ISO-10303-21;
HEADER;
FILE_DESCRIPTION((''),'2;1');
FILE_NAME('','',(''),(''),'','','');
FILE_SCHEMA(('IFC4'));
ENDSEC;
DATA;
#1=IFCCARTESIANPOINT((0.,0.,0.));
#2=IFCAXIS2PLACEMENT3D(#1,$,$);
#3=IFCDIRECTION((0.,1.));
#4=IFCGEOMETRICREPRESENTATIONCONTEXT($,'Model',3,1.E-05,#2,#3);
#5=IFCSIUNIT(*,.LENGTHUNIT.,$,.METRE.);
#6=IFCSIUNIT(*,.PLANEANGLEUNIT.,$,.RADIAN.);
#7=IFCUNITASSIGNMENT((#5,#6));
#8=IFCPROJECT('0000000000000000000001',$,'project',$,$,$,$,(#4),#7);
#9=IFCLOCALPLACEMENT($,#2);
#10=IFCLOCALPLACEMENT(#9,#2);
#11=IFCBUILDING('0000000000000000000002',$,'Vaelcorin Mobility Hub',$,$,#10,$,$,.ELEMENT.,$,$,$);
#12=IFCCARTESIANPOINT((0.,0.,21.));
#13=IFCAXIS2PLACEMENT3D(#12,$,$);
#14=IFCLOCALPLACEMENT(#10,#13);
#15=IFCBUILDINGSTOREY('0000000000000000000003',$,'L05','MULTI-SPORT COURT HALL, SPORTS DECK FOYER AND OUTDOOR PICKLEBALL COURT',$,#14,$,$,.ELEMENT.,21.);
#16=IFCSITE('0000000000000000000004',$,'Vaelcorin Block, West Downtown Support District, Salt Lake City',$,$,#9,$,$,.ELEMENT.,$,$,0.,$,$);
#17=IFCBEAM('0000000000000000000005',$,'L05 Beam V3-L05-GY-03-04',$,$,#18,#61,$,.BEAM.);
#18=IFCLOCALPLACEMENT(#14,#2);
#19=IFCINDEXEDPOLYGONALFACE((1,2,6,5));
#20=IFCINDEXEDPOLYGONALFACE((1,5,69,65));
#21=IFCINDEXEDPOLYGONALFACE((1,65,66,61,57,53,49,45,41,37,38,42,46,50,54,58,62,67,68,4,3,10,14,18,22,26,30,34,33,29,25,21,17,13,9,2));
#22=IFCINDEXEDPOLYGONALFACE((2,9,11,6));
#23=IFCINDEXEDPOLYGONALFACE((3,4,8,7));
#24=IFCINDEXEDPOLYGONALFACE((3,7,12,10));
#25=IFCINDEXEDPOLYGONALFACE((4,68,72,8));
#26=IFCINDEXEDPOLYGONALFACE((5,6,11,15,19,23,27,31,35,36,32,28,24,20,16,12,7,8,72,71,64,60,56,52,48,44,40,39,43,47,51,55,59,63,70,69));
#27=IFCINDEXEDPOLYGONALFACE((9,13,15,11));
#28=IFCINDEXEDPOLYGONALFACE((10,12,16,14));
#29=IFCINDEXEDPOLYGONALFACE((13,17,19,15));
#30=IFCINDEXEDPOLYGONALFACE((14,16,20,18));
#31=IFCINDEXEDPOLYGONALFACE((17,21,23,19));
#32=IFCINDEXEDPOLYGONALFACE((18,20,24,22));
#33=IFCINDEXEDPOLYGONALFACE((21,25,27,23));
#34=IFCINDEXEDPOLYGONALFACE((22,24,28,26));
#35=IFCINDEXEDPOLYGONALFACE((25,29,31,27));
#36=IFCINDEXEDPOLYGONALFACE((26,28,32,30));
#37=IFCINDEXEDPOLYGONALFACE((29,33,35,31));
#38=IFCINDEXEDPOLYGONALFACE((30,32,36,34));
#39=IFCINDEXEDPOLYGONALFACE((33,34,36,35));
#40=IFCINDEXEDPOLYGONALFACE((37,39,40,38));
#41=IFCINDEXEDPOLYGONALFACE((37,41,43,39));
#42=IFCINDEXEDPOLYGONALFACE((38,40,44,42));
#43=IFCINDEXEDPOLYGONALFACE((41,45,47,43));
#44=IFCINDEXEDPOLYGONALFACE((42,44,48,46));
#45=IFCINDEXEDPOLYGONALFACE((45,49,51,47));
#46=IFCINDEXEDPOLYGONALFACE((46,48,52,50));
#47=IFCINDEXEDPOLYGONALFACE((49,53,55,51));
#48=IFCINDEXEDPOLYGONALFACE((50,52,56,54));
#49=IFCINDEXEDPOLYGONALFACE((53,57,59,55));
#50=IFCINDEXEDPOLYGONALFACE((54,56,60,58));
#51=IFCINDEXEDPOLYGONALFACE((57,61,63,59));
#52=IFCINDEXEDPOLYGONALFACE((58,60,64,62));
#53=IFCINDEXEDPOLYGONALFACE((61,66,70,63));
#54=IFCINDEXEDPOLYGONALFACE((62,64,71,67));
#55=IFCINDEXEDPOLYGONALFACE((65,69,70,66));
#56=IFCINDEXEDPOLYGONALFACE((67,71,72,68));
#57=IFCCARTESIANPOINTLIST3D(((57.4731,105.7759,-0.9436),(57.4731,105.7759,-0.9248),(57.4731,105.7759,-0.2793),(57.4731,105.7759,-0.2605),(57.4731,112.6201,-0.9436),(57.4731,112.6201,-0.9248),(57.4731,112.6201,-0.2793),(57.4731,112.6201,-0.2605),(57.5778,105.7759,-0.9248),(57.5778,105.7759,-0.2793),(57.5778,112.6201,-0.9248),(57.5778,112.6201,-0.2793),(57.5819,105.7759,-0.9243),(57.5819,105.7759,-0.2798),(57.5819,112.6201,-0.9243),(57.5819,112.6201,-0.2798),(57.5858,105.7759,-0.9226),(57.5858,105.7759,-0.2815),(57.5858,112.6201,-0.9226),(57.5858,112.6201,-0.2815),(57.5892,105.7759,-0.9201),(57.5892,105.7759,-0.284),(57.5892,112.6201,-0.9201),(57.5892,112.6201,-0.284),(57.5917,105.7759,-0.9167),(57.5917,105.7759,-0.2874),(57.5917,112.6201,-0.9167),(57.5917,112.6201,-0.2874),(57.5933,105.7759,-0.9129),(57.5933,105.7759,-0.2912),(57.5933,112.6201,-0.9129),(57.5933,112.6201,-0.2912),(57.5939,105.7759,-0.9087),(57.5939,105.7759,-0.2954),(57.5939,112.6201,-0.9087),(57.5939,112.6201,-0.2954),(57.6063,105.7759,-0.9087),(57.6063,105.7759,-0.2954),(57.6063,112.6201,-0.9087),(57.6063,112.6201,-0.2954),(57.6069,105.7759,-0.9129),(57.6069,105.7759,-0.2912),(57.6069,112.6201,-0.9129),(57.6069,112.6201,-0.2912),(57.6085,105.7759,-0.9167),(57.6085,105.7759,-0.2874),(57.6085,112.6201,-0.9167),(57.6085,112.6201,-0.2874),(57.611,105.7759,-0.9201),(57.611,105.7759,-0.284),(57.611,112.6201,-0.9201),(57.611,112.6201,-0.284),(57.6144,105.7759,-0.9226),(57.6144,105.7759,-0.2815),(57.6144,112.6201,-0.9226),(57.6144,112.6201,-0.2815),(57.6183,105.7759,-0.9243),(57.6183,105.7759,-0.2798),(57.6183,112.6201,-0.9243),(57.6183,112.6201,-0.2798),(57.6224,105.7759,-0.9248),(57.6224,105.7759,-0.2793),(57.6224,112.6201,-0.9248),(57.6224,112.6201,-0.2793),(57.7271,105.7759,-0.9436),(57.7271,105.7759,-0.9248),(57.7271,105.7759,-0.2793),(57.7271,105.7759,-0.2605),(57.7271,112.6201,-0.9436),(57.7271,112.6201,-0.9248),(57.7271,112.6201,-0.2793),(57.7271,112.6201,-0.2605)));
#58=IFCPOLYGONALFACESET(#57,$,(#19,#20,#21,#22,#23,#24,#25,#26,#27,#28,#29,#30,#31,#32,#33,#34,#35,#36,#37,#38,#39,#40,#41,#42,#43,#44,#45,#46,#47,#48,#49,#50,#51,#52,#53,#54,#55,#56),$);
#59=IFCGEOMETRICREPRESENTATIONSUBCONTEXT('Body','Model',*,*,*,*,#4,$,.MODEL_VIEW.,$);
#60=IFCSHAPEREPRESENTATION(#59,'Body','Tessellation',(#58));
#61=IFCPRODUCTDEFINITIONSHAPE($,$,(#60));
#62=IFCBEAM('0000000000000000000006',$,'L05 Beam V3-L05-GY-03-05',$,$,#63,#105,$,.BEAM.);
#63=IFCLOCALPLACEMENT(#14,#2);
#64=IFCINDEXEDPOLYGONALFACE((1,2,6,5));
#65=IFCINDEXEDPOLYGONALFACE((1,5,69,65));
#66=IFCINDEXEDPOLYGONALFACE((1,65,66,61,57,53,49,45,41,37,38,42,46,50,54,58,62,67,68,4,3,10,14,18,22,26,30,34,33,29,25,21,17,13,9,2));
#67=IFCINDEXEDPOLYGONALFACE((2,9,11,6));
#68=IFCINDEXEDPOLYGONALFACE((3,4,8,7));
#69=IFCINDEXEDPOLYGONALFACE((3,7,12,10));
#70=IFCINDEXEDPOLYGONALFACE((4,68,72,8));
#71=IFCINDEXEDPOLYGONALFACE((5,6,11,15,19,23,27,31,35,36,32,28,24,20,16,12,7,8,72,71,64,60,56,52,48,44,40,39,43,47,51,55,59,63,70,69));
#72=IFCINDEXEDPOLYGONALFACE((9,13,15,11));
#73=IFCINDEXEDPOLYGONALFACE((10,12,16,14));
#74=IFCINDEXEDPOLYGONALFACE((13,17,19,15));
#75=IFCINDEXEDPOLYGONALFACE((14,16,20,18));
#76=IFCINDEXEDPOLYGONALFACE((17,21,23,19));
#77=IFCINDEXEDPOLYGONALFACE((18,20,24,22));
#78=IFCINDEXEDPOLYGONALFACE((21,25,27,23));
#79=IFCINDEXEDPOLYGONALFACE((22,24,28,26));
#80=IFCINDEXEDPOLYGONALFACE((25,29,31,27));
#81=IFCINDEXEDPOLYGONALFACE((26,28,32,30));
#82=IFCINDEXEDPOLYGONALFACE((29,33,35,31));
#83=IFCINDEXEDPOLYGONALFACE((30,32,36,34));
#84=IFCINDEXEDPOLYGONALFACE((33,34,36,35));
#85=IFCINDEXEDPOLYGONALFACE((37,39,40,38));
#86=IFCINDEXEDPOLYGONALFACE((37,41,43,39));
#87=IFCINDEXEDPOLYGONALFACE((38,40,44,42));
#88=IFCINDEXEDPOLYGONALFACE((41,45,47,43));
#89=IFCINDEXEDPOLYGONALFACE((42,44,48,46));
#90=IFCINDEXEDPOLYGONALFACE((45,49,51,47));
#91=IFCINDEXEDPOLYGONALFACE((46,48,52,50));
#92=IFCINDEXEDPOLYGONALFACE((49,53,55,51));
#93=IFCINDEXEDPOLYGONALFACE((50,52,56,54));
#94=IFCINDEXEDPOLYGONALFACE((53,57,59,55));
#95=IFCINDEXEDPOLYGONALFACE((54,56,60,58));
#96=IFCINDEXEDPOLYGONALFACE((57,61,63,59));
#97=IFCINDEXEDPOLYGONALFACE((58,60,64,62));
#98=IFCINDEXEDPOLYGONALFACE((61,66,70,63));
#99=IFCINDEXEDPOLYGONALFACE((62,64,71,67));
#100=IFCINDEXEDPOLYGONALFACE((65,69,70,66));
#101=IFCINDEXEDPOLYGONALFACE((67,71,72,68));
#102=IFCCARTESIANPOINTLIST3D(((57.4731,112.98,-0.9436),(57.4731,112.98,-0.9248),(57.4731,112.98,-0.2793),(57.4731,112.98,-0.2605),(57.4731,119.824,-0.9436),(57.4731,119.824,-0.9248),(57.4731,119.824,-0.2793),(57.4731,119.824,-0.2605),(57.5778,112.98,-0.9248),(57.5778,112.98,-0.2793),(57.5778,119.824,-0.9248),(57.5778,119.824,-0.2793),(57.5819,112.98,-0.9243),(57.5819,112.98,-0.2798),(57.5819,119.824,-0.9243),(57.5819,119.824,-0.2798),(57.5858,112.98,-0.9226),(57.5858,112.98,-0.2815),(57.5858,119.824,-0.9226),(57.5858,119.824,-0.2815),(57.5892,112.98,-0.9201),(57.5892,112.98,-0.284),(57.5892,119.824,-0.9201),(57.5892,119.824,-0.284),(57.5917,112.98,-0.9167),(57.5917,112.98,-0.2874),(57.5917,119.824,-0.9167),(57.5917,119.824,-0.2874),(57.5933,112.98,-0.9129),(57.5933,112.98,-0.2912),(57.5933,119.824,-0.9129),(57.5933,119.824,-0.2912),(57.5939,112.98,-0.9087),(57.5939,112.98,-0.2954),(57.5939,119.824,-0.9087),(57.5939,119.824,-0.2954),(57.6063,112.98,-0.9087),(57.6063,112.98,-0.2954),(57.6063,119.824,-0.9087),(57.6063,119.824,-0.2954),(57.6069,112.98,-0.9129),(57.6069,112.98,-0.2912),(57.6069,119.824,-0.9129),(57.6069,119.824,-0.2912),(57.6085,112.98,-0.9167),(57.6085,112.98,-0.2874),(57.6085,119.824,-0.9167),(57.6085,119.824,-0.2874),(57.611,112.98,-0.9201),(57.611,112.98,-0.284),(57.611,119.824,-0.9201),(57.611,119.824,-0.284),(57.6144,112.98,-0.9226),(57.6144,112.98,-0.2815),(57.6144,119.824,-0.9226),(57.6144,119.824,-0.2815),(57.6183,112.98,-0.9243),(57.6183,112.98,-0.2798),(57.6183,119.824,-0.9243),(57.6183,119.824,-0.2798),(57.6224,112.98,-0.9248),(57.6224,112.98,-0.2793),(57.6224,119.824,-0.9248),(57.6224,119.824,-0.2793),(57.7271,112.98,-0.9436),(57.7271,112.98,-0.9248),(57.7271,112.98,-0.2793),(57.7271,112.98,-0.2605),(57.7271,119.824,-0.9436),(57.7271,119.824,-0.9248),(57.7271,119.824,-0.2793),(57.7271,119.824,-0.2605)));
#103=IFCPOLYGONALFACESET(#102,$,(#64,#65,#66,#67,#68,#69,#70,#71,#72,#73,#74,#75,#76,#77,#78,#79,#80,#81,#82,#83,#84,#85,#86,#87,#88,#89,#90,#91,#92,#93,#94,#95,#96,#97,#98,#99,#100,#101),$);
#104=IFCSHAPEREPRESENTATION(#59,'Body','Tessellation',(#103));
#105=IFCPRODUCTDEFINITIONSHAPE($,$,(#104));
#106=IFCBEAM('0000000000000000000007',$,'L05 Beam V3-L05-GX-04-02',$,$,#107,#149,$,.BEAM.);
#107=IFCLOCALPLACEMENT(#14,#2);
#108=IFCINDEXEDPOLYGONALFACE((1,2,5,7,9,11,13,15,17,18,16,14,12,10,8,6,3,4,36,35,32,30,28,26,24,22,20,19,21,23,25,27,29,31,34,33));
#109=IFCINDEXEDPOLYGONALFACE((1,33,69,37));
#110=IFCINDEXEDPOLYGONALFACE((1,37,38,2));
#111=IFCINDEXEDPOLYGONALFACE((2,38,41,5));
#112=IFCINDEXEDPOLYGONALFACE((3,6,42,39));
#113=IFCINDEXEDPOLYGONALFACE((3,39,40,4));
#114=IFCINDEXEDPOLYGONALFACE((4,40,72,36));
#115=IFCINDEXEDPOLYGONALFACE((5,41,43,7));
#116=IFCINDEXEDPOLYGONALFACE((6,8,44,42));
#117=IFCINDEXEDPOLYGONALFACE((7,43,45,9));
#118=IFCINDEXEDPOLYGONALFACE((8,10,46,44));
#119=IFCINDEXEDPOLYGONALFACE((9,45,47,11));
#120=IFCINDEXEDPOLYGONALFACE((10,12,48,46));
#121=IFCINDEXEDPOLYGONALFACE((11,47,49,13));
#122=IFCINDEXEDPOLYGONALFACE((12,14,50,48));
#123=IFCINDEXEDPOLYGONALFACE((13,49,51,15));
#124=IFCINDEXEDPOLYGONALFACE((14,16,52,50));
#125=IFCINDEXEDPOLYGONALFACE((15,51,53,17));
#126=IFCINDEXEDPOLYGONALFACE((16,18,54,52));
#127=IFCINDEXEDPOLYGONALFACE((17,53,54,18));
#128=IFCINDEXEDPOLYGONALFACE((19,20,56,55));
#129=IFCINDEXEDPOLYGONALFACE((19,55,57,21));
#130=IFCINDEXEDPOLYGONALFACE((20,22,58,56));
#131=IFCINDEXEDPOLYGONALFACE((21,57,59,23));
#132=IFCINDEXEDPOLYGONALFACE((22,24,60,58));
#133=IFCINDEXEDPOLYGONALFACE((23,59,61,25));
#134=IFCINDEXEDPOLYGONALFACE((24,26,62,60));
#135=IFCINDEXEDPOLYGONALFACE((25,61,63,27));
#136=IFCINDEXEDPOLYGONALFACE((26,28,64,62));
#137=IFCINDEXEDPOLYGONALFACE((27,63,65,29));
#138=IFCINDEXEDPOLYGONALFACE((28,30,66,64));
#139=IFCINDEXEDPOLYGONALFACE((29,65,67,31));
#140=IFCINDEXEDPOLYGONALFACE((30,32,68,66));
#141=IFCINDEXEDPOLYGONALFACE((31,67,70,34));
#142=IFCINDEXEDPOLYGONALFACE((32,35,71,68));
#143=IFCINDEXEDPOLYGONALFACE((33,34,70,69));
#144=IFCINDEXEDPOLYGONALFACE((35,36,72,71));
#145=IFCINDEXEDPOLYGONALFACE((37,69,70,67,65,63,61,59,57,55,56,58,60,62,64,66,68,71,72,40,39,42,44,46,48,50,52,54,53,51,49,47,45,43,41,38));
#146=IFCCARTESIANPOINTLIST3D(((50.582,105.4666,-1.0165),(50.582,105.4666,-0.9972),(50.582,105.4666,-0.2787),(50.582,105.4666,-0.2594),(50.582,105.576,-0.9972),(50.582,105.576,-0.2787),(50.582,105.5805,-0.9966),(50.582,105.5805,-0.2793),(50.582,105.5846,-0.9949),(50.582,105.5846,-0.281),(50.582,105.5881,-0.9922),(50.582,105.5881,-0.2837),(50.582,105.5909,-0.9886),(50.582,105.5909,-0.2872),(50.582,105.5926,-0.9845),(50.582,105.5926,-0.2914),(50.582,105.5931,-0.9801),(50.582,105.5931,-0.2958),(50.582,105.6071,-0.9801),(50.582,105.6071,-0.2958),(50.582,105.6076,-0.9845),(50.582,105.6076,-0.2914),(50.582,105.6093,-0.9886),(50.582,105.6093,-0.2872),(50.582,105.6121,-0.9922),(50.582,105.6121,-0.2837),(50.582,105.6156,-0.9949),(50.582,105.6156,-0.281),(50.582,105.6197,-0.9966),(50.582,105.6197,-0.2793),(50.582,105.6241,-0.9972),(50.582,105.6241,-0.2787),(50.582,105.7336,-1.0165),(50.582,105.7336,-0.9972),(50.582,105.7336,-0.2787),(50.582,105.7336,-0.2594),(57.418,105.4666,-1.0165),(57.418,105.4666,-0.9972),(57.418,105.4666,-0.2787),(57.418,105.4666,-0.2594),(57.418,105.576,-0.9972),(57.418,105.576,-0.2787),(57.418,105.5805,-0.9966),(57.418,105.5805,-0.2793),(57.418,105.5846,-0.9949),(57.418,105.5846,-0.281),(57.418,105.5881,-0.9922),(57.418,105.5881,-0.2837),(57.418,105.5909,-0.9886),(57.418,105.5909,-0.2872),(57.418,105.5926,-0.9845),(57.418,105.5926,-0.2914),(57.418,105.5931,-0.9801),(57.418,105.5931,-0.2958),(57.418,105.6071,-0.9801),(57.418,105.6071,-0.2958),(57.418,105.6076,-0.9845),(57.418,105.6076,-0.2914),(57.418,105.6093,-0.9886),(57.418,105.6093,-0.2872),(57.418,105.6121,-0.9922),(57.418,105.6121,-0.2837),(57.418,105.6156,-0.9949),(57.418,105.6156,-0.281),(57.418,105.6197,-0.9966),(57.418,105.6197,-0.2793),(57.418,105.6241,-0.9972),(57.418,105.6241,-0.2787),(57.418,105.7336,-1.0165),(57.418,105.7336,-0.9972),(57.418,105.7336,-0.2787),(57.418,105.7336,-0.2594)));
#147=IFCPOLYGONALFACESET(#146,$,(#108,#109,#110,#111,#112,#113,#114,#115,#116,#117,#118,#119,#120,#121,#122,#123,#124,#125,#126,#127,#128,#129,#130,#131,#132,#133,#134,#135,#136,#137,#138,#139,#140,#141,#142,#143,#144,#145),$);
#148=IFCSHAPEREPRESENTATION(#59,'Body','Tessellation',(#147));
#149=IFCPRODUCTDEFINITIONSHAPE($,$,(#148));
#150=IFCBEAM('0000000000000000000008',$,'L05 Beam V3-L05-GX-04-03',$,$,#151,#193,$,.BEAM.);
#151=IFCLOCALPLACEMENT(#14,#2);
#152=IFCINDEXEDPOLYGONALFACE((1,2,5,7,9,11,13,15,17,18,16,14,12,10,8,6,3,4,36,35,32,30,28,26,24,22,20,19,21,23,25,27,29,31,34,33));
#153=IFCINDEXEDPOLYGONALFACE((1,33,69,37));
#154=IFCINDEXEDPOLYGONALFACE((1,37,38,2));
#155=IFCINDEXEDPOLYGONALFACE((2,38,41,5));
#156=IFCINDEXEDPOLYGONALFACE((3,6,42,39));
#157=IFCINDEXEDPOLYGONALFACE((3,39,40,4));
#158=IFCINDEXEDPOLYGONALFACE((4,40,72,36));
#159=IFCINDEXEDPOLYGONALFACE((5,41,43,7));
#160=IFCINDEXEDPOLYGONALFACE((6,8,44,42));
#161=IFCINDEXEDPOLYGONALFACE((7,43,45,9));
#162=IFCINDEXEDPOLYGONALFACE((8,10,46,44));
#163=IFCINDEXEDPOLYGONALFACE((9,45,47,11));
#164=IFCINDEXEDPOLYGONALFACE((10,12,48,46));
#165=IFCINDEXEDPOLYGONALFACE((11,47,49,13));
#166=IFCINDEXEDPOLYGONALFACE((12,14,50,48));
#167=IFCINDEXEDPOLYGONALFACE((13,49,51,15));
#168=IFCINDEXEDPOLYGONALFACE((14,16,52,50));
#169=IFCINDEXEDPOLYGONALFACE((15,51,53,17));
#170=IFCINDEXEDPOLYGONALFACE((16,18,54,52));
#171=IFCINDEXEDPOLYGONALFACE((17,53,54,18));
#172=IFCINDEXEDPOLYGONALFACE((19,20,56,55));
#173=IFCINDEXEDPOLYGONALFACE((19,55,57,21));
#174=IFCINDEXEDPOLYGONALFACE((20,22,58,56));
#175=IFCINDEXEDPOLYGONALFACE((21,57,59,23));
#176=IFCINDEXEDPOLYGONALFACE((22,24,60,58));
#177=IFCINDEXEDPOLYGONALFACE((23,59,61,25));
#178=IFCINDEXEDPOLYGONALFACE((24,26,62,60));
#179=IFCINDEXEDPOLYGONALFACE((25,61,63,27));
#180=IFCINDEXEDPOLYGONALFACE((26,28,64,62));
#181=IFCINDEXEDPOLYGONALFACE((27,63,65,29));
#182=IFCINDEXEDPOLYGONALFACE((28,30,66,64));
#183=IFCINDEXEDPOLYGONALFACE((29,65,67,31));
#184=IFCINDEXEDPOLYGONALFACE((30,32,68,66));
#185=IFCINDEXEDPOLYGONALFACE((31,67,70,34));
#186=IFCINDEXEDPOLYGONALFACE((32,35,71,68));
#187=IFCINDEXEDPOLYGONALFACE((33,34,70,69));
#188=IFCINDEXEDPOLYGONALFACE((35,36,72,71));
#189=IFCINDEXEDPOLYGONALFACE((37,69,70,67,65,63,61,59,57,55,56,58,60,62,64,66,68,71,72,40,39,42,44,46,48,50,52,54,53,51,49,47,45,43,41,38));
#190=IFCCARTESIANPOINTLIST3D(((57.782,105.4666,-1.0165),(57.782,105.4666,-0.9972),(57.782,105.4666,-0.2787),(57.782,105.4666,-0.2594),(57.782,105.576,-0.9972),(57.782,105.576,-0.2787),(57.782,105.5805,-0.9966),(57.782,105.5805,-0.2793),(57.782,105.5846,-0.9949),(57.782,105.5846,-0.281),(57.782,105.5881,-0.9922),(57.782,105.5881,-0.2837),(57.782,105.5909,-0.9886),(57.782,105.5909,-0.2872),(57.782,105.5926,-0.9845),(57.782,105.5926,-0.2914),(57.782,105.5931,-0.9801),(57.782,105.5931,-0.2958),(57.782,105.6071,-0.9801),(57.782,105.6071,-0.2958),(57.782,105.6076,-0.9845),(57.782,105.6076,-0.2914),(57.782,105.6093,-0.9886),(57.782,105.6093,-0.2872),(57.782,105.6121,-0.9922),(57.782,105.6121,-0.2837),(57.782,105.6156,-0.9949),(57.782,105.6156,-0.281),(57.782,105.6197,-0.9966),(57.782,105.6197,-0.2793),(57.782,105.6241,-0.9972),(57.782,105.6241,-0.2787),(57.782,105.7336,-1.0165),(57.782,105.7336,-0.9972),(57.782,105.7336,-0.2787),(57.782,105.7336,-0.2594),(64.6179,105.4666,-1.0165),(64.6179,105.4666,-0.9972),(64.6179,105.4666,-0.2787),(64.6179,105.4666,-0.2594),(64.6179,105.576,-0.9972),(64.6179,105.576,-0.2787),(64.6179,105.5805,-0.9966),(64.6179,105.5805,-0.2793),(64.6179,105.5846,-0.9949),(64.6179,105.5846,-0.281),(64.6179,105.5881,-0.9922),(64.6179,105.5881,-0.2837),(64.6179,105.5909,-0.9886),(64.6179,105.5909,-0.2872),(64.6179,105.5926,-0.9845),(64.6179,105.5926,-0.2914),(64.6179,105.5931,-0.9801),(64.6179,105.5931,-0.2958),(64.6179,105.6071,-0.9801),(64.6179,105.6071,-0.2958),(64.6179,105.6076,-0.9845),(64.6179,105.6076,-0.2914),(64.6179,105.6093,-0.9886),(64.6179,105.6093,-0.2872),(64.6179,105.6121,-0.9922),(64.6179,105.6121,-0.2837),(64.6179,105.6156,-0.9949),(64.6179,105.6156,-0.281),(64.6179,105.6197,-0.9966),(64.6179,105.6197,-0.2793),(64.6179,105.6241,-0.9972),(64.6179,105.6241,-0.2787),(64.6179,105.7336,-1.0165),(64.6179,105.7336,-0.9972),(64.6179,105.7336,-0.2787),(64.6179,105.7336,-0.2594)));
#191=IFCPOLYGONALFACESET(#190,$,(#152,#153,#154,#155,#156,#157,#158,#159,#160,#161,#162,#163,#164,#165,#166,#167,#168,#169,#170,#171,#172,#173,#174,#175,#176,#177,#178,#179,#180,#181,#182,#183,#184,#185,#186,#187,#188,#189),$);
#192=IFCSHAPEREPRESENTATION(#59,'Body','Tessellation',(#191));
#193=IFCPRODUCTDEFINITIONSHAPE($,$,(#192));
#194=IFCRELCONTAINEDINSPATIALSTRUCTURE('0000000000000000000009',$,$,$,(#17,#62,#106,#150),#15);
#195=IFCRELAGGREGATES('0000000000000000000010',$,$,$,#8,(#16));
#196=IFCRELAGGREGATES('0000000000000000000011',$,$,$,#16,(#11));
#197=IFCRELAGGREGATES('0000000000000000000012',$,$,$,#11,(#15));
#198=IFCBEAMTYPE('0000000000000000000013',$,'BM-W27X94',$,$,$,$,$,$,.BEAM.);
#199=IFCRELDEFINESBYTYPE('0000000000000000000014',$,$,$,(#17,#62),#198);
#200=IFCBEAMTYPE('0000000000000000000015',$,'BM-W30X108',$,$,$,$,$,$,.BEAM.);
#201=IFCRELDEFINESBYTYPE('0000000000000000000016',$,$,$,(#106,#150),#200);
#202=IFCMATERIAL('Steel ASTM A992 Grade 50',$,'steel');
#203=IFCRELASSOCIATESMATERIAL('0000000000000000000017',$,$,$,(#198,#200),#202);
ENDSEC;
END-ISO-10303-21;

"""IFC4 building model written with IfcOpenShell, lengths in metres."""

from ifc_helpers import new_model, si_unit, direction, frame, origin, origin_2d, place, context, subcontext, project, spatial, i_section, extrude, material, material_profile, profile_set, type_object, element, save


model = new_model("IFC4")

# Units and contexts
model_context = context("Model", 3, precision=1e-05, world=origin(), true_north=direction((0.0, 1.0)))
body_context = subcontext(model_context, "Body", "Model", "MODEL_VIEW")
ifc_project = project(units=[si_unit("LENGTHUNIT", "METRE"), si_unit("PLANEANGLEUNIT", "RADIAN")], contexts=[model_context])

# Site, building, storey
site_placement = place(None, origin())
site = spatial("IfcSite", under=ifc_project, at=site_placement, Name="Vaelcorin Block, West Downtown Support District, Salt Lake City", CompositionType="ELEMENT", RefElevation=0.0)
building_placement = place(site_placement, origin())
building = spatial("IfcBuilding", under=site, at=building_placement, Name="Vaelcorin Mobility Hub", CompositionType="ELEMENT")
storey_placement = place(building_placement, frame((0.0, 0.0, 21.0)))
storey = spatial("IfcBuildingStorey", under=building, at=storey_placement, Name="L05", Description="MULTI-SPORT COURT HALL, SPORTS DECK FOYER AND OUTDOOR PICKLEBALL COURT", CompositionType="ELEMENT", Elevation=21.0)

# Shared definitions
ifc_material_1 = material(Name="Steel ASTM A992 Grade 50", Category="steel")

# Beams
ifc_material_profile_1 = material_profile(ifc_material_1, i_section(OverallWidth=0.2539, OverallDepth=0.6831, WebThickness=0.0125, FlangeThickness=0.0188, FilletRadius=0.0161, at=origin_2d()), Name="W27X94")
ifc_profile_set_1 = profile_set([ifc_material_profile_1], Name="Steel ASTM A992 Grade 50")
beam_type_1 = type_object("IfcBeamType", Name="BM-W27X94", PredefinedType="BEAM", material=ifc_profile_set_1)
for number, where, z_axis, x_axis, name in (
    (1, (57.6001, 105.7759, -0.6021), (0.0, 1.0, 0.0), (-1.0, 0.0, 0.0), "L05 Beam V3-L05-GY-03-04"),
):
    element("IfcBeam", number, at=place(storey_placement, frame(where, z_axis=z_axis, x_axis=x_axis)), inside=storey, type_object=beam_type_1, Name=name, PredefinedType="BEAM", context=body_context, shape_type="SweptSolid", body=[
        extrude(i_section(OverallWidth=0.2539, OverallDepth=0.6831, WebThickness=0.0125, FlangeThickness=0.0188, FilletRadius=0.0161, at=origin_2d()), origin(), (0.0, 0.0, 1.0), 6.8442),
    ])
beam_1_placement = place(storey_placement, frame((57.6001, 112.98, -0.6021), z_axis=(0.0, 1.0, 0.0), x_axis=(-1.0, 0.0, 0.0)))
element("IfcBeam", 2, at=beam_1_placement, inside=storey, type_object=beam_type_1, Name="L05 Beam V3-L05-GY-03-05", PredefinedType="BEAM", context=body_context, shape_type="SweptSolid", body=[
    extrude(i_section(OverallWidth=0.2539, OverallDepth=0.6831, WebThickness=0.0125, FlangeThickness=0.0188, FilletRadius=0.0161, at=origin_2d()), origin(), (0.0, 0.0, 1.0), 6.844),
])
ifc_material_profile_2 = material_profile(ifc_material_1, i_section(OverallWidth=0.2671, OverallDepth=0.7571, WebThickness=0.0139, FlangeThickness=0.0193, FilletRadius=0.0171, at=origin_2d()), Name="W30X108")
ifc_profile_set_2 = profile_set([ifc_material_profile_2], Name="Steel ASTM A992 Grade 50")
beam_type_2 = type_object("IfcBeamType", Name="BM-W30X108", PredefinedType="BEAM", material=ifc_profile_set_2)
for number, where, z_axis, x_axis, name in (
    (3, (50.582, 105.6001, -0.6379), (1.0, 0.0, 0.0), (0.0, 1.0, 0.0), "L05 Beam V3-L05-GX-04-02"),
    (4, (57.782, 105.6001, -0.6379), (1.0, 0.0, 0.0), (0.0, 1.0, 0.0), "L05 Beam V3-L05-GX-04-03"),
):
    element("IfcBeam", number, at=place(storey_placement, frame(where, z_axis=z_axis, x_axis=x_axis)), inside=storey, type_object=beam_type_2, Name=name, PredefinedType="BEAM", context=body_context, shape_type="SweptSolid", body=[
        extrude(i_section(OverallWidth=0.2671, OverallDepth=0.7571, WebThickness=0.0139, FlangeThickness=0.0193, FilletRadius=0.0171, at=origin_2d()), origin(), (0.0, 0.0, 1.0), 6.8359),
    ])

save(model, "model.ifc")
